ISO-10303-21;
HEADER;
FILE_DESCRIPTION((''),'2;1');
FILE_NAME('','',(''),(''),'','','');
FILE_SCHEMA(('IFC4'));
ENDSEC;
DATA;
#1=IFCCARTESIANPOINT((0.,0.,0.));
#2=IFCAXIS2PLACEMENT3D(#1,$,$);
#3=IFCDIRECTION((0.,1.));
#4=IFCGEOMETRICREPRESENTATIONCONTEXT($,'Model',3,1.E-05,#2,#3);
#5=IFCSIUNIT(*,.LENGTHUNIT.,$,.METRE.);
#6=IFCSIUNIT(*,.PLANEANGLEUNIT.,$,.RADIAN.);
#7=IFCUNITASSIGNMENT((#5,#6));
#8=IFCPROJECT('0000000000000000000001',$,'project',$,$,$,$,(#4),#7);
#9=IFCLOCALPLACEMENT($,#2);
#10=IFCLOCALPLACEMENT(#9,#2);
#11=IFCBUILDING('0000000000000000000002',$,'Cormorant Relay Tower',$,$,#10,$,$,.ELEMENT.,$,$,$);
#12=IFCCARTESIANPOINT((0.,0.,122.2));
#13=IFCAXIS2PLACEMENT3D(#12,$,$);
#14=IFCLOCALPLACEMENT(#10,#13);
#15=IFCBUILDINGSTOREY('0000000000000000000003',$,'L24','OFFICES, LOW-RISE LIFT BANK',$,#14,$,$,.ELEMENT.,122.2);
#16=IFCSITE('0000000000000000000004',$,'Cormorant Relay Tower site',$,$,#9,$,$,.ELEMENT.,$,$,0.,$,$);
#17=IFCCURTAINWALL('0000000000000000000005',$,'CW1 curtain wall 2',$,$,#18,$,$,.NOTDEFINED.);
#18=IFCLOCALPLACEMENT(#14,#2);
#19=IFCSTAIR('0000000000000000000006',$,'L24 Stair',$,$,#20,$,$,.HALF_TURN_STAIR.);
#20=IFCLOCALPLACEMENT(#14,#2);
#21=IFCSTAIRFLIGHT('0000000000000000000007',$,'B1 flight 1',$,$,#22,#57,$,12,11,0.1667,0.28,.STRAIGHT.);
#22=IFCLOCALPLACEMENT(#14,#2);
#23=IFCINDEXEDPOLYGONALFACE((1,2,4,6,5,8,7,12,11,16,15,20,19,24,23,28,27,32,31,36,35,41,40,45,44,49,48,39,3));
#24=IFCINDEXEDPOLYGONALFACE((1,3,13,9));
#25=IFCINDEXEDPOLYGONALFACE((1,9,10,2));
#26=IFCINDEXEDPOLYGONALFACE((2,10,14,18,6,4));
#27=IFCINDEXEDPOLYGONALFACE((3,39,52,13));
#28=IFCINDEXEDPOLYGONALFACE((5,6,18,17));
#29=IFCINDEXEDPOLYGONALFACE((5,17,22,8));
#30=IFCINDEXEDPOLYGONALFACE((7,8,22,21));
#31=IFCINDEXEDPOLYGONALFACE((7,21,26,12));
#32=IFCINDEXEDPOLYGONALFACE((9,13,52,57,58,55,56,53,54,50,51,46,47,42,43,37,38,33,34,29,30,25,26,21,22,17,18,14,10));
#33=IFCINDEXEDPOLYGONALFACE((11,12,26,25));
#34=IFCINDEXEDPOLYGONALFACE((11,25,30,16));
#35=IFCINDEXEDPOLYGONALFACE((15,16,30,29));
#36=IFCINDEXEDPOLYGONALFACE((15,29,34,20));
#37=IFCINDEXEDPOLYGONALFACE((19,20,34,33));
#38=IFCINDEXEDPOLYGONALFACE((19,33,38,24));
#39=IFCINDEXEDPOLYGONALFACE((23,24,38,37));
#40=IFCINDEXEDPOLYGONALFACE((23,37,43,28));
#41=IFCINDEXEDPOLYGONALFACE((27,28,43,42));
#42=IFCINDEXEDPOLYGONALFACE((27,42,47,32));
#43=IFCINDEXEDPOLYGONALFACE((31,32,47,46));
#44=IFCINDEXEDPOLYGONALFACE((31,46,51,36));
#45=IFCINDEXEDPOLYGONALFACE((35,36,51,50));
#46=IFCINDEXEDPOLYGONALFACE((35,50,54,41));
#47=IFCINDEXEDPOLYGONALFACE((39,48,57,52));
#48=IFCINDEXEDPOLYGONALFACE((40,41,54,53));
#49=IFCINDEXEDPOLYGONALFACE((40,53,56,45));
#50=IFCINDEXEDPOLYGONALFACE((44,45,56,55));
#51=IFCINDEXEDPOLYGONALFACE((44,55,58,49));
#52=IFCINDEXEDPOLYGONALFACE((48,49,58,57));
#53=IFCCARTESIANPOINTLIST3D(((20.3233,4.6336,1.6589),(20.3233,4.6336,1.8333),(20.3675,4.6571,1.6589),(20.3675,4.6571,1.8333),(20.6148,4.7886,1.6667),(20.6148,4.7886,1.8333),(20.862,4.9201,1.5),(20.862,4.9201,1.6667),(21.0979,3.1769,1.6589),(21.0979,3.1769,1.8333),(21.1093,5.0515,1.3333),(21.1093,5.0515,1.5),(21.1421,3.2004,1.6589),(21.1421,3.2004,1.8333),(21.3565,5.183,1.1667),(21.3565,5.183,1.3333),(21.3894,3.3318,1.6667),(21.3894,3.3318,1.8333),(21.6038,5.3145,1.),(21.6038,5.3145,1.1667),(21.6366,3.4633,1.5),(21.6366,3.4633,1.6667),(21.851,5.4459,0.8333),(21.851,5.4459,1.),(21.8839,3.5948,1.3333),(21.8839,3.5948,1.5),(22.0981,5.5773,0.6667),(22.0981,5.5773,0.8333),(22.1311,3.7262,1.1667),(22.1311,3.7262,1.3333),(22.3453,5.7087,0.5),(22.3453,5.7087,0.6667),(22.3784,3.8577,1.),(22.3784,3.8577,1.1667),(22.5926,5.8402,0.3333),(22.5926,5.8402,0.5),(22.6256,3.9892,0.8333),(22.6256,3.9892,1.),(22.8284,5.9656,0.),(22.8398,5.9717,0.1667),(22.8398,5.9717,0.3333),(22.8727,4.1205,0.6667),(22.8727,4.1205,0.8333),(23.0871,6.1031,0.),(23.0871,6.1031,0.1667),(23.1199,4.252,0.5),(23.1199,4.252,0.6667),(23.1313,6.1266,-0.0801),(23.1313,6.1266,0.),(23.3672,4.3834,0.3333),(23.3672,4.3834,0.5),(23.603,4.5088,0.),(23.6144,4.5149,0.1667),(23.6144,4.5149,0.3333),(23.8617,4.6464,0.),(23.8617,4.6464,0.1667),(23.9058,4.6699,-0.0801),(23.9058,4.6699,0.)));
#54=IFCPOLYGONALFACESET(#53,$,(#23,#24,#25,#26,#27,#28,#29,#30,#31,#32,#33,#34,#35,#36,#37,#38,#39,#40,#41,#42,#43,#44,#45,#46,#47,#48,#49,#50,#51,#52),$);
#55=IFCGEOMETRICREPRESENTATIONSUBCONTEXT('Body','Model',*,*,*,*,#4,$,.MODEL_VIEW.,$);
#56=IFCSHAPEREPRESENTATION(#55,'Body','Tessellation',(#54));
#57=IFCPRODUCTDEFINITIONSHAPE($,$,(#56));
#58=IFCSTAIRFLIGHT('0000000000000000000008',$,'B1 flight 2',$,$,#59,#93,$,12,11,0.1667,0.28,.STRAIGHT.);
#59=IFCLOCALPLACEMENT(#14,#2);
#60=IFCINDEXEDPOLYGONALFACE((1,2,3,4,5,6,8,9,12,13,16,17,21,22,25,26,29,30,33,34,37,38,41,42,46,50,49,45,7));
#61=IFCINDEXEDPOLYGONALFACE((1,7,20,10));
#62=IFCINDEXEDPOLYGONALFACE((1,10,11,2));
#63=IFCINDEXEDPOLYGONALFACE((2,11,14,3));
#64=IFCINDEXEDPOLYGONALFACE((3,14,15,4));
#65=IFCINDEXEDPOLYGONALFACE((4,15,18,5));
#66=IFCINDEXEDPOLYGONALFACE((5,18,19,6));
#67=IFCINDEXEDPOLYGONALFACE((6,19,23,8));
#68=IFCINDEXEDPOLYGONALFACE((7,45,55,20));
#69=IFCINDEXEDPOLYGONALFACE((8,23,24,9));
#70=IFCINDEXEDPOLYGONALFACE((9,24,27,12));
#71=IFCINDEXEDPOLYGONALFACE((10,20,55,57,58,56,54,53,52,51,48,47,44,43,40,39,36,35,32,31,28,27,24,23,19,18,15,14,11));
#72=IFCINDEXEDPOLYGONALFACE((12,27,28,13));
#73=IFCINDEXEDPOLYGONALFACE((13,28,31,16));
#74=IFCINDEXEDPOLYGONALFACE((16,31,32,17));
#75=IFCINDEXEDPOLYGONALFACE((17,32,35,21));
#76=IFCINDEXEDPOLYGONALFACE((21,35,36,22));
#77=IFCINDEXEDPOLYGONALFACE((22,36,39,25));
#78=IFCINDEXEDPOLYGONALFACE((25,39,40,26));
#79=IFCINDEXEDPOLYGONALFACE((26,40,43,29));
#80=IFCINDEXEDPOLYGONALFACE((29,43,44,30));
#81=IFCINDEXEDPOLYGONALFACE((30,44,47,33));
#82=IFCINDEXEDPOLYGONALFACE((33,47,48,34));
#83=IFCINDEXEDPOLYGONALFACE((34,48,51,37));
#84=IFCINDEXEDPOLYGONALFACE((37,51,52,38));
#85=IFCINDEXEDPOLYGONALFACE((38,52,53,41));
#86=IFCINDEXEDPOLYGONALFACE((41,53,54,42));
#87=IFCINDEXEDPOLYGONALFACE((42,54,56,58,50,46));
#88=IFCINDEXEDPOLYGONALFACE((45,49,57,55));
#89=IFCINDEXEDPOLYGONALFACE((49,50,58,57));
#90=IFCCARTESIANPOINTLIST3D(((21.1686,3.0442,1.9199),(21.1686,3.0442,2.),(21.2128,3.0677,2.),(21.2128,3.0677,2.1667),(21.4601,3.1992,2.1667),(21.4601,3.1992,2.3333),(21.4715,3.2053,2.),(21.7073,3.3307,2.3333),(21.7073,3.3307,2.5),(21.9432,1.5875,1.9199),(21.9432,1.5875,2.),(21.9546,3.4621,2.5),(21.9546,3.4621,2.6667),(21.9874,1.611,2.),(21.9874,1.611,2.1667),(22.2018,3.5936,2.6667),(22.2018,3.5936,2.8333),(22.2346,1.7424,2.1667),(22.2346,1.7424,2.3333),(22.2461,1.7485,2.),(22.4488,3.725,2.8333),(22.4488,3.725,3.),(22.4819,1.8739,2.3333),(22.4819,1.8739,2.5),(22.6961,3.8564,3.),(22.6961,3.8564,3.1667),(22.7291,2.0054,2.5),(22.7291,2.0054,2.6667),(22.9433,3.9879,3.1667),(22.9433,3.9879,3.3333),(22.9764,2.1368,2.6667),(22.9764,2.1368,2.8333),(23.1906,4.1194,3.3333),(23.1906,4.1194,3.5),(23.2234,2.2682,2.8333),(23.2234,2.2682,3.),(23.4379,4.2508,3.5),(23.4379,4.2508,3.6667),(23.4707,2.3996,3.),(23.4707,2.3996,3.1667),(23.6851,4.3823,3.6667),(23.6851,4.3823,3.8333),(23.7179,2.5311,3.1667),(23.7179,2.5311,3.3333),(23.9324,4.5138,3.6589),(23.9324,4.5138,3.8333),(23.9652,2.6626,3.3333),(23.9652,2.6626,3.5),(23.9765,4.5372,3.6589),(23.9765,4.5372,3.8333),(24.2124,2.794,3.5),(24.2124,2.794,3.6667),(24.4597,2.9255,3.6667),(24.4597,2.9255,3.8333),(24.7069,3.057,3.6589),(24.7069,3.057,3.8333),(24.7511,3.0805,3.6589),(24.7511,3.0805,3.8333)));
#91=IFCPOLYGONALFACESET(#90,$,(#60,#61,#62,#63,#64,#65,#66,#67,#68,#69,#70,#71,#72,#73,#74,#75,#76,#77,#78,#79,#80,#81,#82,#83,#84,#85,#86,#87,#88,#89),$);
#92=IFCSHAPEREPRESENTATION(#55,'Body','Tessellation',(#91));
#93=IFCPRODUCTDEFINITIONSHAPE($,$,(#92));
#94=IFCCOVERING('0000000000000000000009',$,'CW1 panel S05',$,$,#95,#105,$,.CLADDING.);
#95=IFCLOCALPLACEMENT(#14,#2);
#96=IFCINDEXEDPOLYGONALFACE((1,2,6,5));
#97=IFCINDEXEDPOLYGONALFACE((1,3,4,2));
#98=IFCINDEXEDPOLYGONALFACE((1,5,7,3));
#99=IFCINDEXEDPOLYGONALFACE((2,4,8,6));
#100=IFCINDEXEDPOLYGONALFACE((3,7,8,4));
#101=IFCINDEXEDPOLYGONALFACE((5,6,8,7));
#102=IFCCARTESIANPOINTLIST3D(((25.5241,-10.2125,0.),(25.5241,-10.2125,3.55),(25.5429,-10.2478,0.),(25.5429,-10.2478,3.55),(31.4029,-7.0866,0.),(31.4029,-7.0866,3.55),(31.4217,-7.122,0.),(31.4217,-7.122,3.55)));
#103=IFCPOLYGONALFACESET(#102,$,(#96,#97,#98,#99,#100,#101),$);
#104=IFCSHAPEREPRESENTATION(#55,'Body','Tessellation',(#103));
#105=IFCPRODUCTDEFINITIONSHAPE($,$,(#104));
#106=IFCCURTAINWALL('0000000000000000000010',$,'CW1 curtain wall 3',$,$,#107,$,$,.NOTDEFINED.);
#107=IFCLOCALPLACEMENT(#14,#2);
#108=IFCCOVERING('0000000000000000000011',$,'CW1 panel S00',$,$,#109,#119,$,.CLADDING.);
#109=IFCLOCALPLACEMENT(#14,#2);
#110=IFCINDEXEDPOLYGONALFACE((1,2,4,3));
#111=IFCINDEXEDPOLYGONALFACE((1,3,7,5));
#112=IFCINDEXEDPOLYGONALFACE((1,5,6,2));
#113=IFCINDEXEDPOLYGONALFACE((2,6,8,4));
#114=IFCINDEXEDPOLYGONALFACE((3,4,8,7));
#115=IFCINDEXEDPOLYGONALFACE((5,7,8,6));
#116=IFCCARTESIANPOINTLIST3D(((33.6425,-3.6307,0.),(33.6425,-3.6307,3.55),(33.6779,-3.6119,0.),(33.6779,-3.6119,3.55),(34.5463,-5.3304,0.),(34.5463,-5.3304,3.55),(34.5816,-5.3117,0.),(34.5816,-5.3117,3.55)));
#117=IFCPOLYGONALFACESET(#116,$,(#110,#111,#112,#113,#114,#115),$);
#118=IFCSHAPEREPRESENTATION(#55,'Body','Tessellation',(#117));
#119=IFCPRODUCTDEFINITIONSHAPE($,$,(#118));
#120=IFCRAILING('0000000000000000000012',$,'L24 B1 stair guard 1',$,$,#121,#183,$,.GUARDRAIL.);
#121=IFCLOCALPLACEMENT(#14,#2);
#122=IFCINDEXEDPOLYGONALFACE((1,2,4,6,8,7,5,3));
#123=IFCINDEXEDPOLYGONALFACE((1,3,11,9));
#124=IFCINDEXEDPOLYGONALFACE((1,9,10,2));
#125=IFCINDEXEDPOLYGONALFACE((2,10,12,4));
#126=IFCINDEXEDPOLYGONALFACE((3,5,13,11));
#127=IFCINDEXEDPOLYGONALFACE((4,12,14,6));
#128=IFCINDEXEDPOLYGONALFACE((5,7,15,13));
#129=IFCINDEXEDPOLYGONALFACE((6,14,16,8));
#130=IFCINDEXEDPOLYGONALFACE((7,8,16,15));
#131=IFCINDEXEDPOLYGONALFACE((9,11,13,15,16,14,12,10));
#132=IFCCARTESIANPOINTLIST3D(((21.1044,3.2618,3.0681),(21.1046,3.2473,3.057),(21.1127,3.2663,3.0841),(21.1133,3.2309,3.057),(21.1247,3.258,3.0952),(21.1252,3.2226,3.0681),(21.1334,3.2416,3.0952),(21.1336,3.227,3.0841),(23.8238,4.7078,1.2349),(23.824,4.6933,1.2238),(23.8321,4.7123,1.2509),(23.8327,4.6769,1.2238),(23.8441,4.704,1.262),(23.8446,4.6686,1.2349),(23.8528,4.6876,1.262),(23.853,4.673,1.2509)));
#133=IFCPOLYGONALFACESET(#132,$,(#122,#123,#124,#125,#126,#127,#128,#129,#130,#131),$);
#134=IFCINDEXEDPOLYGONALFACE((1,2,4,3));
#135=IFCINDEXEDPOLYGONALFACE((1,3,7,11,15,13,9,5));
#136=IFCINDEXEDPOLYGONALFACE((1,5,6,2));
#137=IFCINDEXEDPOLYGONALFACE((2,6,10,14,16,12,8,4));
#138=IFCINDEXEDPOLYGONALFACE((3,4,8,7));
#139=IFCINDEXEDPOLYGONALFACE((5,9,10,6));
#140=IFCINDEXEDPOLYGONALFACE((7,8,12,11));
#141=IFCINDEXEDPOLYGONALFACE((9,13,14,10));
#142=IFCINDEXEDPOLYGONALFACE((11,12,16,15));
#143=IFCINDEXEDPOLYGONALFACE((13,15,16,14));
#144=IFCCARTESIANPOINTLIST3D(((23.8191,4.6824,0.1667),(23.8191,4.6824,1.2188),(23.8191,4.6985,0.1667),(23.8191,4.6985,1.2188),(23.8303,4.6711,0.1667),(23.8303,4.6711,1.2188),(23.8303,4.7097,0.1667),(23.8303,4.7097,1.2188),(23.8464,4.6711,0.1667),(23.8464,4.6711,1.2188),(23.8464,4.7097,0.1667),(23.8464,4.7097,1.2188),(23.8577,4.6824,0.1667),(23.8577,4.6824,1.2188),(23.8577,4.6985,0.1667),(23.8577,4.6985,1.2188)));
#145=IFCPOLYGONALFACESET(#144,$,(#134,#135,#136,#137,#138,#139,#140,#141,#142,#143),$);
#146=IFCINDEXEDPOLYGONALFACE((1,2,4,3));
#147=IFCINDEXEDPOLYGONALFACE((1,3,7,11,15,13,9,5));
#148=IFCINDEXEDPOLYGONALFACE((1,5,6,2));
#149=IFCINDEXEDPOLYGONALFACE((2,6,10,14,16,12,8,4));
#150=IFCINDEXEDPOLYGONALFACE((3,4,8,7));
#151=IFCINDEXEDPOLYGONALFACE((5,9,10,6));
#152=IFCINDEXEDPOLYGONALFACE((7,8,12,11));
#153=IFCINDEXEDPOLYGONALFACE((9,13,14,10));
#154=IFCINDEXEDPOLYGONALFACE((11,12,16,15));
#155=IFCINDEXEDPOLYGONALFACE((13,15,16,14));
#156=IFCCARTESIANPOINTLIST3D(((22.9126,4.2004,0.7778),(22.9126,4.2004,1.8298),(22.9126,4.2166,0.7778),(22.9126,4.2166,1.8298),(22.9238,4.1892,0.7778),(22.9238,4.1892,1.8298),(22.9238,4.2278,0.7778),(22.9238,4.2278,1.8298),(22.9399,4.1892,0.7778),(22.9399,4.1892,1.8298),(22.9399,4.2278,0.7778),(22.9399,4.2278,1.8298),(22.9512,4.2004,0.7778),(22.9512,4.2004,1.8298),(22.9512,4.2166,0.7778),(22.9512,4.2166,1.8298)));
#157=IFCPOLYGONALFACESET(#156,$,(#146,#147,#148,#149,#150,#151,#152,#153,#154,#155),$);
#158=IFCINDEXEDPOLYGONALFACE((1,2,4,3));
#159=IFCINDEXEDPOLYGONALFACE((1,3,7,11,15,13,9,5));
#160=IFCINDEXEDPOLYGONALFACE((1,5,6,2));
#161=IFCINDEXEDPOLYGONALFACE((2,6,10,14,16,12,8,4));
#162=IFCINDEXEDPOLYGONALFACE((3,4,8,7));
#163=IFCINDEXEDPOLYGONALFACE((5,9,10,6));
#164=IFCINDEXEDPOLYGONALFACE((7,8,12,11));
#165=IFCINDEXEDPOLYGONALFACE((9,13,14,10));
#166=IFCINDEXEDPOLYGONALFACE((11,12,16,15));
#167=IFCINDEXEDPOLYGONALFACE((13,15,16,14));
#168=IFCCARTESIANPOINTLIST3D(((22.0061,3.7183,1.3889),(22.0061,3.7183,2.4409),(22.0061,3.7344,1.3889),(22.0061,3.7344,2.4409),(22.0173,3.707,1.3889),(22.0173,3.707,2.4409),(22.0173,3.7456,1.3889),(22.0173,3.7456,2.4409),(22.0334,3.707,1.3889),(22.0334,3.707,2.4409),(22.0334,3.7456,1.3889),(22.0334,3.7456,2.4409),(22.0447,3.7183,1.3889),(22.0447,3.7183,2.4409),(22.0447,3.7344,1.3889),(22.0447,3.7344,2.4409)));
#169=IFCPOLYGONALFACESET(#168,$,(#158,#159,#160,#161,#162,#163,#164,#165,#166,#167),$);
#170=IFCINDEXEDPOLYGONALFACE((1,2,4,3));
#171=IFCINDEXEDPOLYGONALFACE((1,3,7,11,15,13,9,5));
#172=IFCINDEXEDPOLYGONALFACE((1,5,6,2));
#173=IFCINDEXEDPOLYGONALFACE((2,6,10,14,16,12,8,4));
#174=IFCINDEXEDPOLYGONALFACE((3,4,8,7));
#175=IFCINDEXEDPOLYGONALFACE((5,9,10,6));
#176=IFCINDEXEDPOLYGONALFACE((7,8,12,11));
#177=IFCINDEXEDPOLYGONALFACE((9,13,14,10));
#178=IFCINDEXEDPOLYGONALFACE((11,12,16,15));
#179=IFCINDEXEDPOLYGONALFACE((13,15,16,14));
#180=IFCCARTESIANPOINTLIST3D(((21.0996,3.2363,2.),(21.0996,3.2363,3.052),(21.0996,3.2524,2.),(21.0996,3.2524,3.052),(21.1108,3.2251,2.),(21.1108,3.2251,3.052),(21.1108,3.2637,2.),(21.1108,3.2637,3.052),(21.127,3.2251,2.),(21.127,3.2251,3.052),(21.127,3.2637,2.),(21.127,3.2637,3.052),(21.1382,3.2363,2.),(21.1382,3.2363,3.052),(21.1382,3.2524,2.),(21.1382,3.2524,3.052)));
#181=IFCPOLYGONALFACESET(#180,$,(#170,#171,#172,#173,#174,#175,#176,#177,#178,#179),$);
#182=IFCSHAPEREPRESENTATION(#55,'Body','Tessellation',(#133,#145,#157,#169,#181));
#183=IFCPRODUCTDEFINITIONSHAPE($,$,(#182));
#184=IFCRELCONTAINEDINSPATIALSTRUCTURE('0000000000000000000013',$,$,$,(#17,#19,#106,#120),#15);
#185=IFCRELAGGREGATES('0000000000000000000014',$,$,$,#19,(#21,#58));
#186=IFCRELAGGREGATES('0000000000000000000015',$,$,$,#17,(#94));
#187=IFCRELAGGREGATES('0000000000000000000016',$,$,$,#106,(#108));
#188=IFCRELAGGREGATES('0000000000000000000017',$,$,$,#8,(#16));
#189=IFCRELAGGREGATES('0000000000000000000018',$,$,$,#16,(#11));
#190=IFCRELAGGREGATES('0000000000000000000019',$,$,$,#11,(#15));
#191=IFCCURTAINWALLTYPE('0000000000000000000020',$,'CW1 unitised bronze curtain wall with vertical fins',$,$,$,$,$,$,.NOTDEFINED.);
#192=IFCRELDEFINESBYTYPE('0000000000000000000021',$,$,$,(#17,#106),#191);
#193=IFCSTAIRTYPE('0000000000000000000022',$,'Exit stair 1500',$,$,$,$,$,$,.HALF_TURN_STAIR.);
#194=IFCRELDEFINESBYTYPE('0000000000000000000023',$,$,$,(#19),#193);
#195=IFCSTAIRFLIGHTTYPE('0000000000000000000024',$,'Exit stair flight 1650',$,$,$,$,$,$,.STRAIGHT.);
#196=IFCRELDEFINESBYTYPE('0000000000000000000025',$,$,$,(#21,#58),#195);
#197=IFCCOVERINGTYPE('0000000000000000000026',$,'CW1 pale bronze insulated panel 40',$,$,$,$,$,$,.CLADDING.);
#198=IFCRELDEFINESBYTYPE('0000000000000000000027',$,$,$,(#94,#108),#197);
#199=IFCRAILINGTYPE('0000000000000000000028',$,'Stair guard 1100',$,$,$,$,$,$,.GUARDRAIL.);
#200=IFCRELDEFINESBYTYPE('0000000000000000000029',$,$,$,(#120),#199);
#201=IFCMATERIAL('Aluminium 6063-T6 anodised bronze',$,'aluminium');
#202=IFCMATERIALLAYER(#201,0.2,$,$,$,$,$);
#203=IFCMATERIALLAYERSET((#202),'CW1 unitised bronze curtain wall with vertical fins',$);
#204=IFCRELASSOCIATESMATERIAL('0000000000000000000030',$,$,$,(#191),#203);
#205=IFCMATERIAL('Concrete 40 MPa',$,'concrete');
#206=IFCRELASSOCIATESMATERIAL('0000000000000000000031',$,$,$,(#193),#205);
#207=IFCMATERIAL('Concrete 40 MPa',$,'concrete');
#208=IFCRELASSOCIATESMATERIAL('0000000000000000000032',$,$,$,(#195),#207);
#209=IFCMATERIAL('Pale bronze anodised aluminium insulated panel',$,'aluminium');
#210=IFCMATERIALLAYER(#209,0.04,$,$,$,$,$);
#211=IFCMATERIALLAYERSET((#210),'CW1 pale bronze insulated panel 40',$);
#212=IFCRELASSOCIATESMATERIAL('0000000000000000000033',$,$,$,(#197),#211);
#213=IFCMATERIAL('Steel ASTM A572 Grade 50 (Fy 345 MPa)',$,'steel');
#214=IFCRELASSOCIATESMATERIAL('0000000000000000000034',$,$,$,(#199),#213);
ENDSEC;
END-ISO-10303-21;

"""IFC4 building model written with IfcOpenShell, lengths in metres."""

from ifc_helpers import new_model, si_unit, direction, frame, origin, origin_2d, place, context, subcontext, project, spatial, polyline, rectangle, outline, extrude, material, layer, layer_set, type_object, element, aggregate, save


model = new_model("IFC4")

# Units and contexts
model_context = context("Model", 3, precision=1e-05, world=origin(), true_north=direction((0.0, 1.0)))
body_context = subcontext(model_context, "Body", "Model", "MODEL_VIEW")
ifc_project = project(units=[si_unit("LENGTHUNIT", "METRE"), si_unit("PLANEANGLEUNIT", "RADIAN")], contexts=[model_context])

# Site, building, storey
site_placement = place(None, origin())
site = spatial("IfcSite", under=ifc_project, at=site_placement, Name="Cormorant Relay Tower site", CompositionType="ELEMENT", RefElevation=0.0)
building_placement = place(site_placement, origin())
building = spatial("IfcBuilding", under=site, at=building_placement, Name="Cormorant Relay Tower", CompositionType="ELEMENT")
storey_placement = place(building_placement, frame((0.0, 0.0, 122.2)))
storey = spatial("IfcBuildingStorey", under=building, at=storey_placement, Name="L24", Description="OFFICES, LOW-RISE LIFT BANK", CompositionType="ELEMENT", Elevation=122.2)

# Curtain wall
ifc_material_1 = material(Name="Aluminium 6063-T6 anodised bronze", Category="aluminium")
ifc_layer_1 = layer(ifc_material_1, 0.2)
ifc_layer_set_1 = layer_set([ifc_layer_1], Name="CW1 unitised bronze curtain wall with vertical fins")
curtain_wall_type = type_object("IfcCurtainWallType", Name="CW1 unitised bronze curtain wall with vertical fins", PredefinedType="NOTDEFINED", material=ifc_layer_set_1)
curtain_wall_1_placement = place(storey_placement, origin())
curtain_wall_1 = element("IfcCurtainWall", 1, at=curtain_wall_1_placement, inside=storey, type_object=curtain_wall_type, Name="CW1 curtain wall 2", PredefinedType="NOTDEFINED")

# Stair, stair flights
ifc_material_2 = material(Name="Concrete 40 MPa", Category="concrete")
stair_type = type_object("IfcStairType", Name="Exit stair 1500", PredefinedType="HALF_TURN_STAIR", material=ifc_material_2)
stair_placement = place(storey_placement, origin())
stair = element("IfcStair", 2, at=stair_placement, inside=storey, type_object=stair_type, Name="L24 Stair", PredefinedType="HALF_TURN_STAIR")
ifc_material_3 = material(Name="Concrete 40 MPa", Category="concrete")
stair_flight_type = type_object("IfcStairFlightType", Name="Exit stair flight 1650", PredefinedType="STRAIGHT", material=ifc_material_3)
stair_flight_1_placement = place(storey_placement, frame((23.4744, 5.3748, 0.0), z_axis=(0.0, 0.0, 1.0), x_axis=(-0.882948, -0.469472, 0.0)))
stair_flight_1 = element("IfcStairFlight", 3, at=stair_flight_1_placement, type_object=stair_flight_type, Name="B1 flight 1", NumberOfRisers=12, NumberOfTreads=11, PredefinedType="STRAIGHT", RiserHeight=0.1667, TreadLength=0.28, context=body_context, shape_type="SweptSolid", body=[
    extrude(outline(polyline([(-0.05, -0.0801), (-0.05, 0.0), (0.0, 0.0), (0.0, 0.1667), (0.28, 0.1667), (0.28, 0.3333), (0.5601, 0.3333), (0.5601, 0.5), (0.8401, 0.5), (0.8401, 0.6667), (1.1201, 0.6667), (1.1201, 0.8333), (1.3999, 0.8333), (1.3999, 1.0), (1.6799, 1.0), (1.6799, 1.1667), (1.96, 1.1667), (1.96, 1.3333), (2.24, 1.3333), (2.24, 1.5), (2.52, 1.5), (2.52, 1.6667), (2.8, 1.6667), (2.8, 1.8333), (3.0801, 1.8333), (3.1301, 1.8333), (3.1301, 1.6589), (3.0801, 1.6589), (0.293, 0.0), (-0.05, -0.0801)])), frame((0.0, 0.825, 0.0), z_axis=(0.0, -1.0, 0.0), x_axis=(1.0, 0.0, 0.0)), (0.0, 0.0, 1.0), 1.6499),
])
stair_flight_2_placement = place(storey_placement, frame((21.6001, 2.3394, 2.0), z_axis=(0.0, 0.0, 1.0), x_axis=(0.882948, 0.469472, 0.0)))
stair_flight_2 = element("IfcStairFlight", 4, at=stair_flight_2_placement, type_object=stair_flight_type, Name="B1 flight 2", NumberOfRisers=12, NumberOfTreads=11, PredefinedType="STRAIGHT", RiserHeight=0.1667, TreadLength=0.28, context=body_context, shape_type="SweptSolid", body=[
    extrude(outline(polyline([(-0.05, -0.0801), (-0.05, 0.0), (0.0, 0.0), (0.0, 0.1667), (0.28, 0.1667), (0.28, 0.3333), (0.5601, 0.3333), (0.5601, 0.5), (0.8401, 0.5), (0.8401, 0.6667), (1.1201, 0.6667), (1.1201, 0.8333), (1.3999, 0.8333), (1.3999, 1.0), (1.6799, 1.0), (1.6799, 1.1667), (1.96, 1.1667), (1.96, 1.3333), (2.24, 1.3333), (2.24, 1.5), (2.52, 1.5), (2.52, 1.6667), (2.8, 1.6667), (2.8, 1.8333), (3.0801, 1.8333), (3.1301, 1.8333), (3.1301, 1.6589), (3.0801, 1.6589), (0.293, 0.0), (-0.05, -0.0801)])), frame((0.0, 0.825, 0.0), z_axis=(0.0, -1.0, 0.0), x_axis=(1.0, 0.0, 0.0)), (0.0, 0.0, 1.0), 1.6499),
])
aggregate(stair, [stair_flight_1, stair_flight_2])

# Covering
ifc_material_4 = material(Name="Pale bronze anodised aluminium insulated panel", Category="aluminium")
ifc_layer_2 = layer(ifc_material_4, 0.04)
ifc_layer_set_2 = layer_set([ifc_layer_2], Name="CW1 pale bronze insulated panel 40")
covering_type = type_object("IfcCoveringType", Name="CW1 pale bronze insulated panel 40", PredefinedType="CLADDING", material=ifc_layer_set_2)
covering_1_placement = place(storey_placement, frame((28.4729, -8.6672, 0.0), z_axis=(0.0, 0.0, 1.0), x_axis=(0.882948, 0.469472, 0.0)))
covering_1 = element("IfcCovering", 5, at=covering_1_placement, type_object=covering_type, Name="CW1 panel S05", PredefinedType="CLADDING", context=body_context, shape_type="SweptSolid", body=[
    extrude(rectangle(XDim=6.6582, YDim=0.04, at=origin_2d()), origin(), (0.0, 0.0, 1.0), 3.55),
])
aggregate(curtain_wall_1, [covering_1])

# Curtain wall, covering
curtain_wall_2_placement = place(storey_placement, origin())
curtain_wall_2 = element("IfcCurtainWall", 6, at=curtain_wall_2_placement, inside=storey, type_object=curtain_wall_type, Name="CW1 curtain wall 3", PredefinedType="NOTDEFINED")
covering_2_placement = place(storey_placement, frame((34.1121, -4.4712, 0.0), z_axis=(0.0, 0.0, 1.0), x_axis=(-0.469472, 0.882948, 0.0)))
covering_2 = element("IfcCovering", 7, at=covering_2_placement, type_object=covering_type, Name="CW1 panel S00", PredefinedType="CLADDING", context=body_context, shape_type="SweptSolid", body=[
    extrude(rectangle(XDim=1.925, YDim=0.04, at=origin_2d()), origin(), (0.0, 0.0, 1.0), 3.55),
])
aggregate(curtain_wall_2, [covering_2])

# Railing
ifc_material_5 = material(Name="Steel ASTM A572 Grade 50 (Fy 345 MPa)", Category="steel")
railing_type_1 = type_object("IfcRailingType", Name="Stair guard 1100", PredefinedType="GUARDRAIL", material=ifc_material_5)
railing_1_placement = place(storey_placement, frame((23.8384, 4.6904, 0.1667)))
element("IfcRailing", 8, at=railing_1_placement, inside=storey, type_object=railing_type_1, Name="L24 B1 stair guard 1", PredefinedType="GUARDRAIL", context=body_context, shape_type="SweptSolid", body=[
    extrude(outline(polyline([(0.0222, 0.0093), (0.0093, 0.0222), (-0.0093, 0.0222), (-0.0222, 0.0093), (-0.0222, -0.0093), (-0.0093, -0.0222), (0.0093, -0.0222), (0.0222, -0.0093), (0.0222, 0.0093)])), frame((0.0, 0.0, 1.0762), z_axis=(-0.758714, -0.403435, 0.511463), x_axis=(0.469489, -0.882938, 0.0)), (0.0, 0.0, 1.0), 3.5842),
    extrude(outline(polyline([(0.0193, 0.0081), (0.0081, 0.0193), (-0.0081, 0.0193), (-0.0193, 0.0081), (-0.0193, -0.0081), (-0.0081, -0.0193), (0.0081, -0.0193), (0.0193, -0.0081), (0.0193, 0.0081)])), origin(), (0.0, 0.0, 1.0), 1.052),
    extrude(outline(polyline([(0.0193, 0.0081), (0.0081, 0.0193), (-0.0081, 0.0193), (-0.0193, 0.0081), (-0.0193, -0.0081), (-0.0081, -0.0193), (0.0081, -0.0193), (0.0193, -0.0081), (0.0193, 0.0081)])), frame((-0.9065, -0.4819, 0.6111)), (0.0, 0.0, 1.0), 1.052),
    extrude(outline(polyline([(0.0193, 0.0081), (0.0081, 0.0193), (-0.0081, 0.0193), (-0.0193, 0.0081), (-0.0193, -0.0081), (-0.0081, -0.0193), (0.0081, -0.0193), (0.0193, -0.0081), (0.0193, 0.0081)])), frame((-1.813, -0.9641, 1.2222)), (0.0, 0.0, 1.0), 1.052),
    extrude(outline(polyline([(0.0193, 0.0081), (0.0081, 0.0193), (-0.0081, 0.0193), (-0.0193, 0.0081), (-0.0193, -0.0081), (-0.0081, -0.0193), (0.0081, -0.0193), (0.0193, -0.0081), (0.0193, 0.0081)])), frame((-2.7195, -1.446, 1.8333)), (0.0, 0.0, 1.0), 1.052),
])

save(model, "model.ifc")
